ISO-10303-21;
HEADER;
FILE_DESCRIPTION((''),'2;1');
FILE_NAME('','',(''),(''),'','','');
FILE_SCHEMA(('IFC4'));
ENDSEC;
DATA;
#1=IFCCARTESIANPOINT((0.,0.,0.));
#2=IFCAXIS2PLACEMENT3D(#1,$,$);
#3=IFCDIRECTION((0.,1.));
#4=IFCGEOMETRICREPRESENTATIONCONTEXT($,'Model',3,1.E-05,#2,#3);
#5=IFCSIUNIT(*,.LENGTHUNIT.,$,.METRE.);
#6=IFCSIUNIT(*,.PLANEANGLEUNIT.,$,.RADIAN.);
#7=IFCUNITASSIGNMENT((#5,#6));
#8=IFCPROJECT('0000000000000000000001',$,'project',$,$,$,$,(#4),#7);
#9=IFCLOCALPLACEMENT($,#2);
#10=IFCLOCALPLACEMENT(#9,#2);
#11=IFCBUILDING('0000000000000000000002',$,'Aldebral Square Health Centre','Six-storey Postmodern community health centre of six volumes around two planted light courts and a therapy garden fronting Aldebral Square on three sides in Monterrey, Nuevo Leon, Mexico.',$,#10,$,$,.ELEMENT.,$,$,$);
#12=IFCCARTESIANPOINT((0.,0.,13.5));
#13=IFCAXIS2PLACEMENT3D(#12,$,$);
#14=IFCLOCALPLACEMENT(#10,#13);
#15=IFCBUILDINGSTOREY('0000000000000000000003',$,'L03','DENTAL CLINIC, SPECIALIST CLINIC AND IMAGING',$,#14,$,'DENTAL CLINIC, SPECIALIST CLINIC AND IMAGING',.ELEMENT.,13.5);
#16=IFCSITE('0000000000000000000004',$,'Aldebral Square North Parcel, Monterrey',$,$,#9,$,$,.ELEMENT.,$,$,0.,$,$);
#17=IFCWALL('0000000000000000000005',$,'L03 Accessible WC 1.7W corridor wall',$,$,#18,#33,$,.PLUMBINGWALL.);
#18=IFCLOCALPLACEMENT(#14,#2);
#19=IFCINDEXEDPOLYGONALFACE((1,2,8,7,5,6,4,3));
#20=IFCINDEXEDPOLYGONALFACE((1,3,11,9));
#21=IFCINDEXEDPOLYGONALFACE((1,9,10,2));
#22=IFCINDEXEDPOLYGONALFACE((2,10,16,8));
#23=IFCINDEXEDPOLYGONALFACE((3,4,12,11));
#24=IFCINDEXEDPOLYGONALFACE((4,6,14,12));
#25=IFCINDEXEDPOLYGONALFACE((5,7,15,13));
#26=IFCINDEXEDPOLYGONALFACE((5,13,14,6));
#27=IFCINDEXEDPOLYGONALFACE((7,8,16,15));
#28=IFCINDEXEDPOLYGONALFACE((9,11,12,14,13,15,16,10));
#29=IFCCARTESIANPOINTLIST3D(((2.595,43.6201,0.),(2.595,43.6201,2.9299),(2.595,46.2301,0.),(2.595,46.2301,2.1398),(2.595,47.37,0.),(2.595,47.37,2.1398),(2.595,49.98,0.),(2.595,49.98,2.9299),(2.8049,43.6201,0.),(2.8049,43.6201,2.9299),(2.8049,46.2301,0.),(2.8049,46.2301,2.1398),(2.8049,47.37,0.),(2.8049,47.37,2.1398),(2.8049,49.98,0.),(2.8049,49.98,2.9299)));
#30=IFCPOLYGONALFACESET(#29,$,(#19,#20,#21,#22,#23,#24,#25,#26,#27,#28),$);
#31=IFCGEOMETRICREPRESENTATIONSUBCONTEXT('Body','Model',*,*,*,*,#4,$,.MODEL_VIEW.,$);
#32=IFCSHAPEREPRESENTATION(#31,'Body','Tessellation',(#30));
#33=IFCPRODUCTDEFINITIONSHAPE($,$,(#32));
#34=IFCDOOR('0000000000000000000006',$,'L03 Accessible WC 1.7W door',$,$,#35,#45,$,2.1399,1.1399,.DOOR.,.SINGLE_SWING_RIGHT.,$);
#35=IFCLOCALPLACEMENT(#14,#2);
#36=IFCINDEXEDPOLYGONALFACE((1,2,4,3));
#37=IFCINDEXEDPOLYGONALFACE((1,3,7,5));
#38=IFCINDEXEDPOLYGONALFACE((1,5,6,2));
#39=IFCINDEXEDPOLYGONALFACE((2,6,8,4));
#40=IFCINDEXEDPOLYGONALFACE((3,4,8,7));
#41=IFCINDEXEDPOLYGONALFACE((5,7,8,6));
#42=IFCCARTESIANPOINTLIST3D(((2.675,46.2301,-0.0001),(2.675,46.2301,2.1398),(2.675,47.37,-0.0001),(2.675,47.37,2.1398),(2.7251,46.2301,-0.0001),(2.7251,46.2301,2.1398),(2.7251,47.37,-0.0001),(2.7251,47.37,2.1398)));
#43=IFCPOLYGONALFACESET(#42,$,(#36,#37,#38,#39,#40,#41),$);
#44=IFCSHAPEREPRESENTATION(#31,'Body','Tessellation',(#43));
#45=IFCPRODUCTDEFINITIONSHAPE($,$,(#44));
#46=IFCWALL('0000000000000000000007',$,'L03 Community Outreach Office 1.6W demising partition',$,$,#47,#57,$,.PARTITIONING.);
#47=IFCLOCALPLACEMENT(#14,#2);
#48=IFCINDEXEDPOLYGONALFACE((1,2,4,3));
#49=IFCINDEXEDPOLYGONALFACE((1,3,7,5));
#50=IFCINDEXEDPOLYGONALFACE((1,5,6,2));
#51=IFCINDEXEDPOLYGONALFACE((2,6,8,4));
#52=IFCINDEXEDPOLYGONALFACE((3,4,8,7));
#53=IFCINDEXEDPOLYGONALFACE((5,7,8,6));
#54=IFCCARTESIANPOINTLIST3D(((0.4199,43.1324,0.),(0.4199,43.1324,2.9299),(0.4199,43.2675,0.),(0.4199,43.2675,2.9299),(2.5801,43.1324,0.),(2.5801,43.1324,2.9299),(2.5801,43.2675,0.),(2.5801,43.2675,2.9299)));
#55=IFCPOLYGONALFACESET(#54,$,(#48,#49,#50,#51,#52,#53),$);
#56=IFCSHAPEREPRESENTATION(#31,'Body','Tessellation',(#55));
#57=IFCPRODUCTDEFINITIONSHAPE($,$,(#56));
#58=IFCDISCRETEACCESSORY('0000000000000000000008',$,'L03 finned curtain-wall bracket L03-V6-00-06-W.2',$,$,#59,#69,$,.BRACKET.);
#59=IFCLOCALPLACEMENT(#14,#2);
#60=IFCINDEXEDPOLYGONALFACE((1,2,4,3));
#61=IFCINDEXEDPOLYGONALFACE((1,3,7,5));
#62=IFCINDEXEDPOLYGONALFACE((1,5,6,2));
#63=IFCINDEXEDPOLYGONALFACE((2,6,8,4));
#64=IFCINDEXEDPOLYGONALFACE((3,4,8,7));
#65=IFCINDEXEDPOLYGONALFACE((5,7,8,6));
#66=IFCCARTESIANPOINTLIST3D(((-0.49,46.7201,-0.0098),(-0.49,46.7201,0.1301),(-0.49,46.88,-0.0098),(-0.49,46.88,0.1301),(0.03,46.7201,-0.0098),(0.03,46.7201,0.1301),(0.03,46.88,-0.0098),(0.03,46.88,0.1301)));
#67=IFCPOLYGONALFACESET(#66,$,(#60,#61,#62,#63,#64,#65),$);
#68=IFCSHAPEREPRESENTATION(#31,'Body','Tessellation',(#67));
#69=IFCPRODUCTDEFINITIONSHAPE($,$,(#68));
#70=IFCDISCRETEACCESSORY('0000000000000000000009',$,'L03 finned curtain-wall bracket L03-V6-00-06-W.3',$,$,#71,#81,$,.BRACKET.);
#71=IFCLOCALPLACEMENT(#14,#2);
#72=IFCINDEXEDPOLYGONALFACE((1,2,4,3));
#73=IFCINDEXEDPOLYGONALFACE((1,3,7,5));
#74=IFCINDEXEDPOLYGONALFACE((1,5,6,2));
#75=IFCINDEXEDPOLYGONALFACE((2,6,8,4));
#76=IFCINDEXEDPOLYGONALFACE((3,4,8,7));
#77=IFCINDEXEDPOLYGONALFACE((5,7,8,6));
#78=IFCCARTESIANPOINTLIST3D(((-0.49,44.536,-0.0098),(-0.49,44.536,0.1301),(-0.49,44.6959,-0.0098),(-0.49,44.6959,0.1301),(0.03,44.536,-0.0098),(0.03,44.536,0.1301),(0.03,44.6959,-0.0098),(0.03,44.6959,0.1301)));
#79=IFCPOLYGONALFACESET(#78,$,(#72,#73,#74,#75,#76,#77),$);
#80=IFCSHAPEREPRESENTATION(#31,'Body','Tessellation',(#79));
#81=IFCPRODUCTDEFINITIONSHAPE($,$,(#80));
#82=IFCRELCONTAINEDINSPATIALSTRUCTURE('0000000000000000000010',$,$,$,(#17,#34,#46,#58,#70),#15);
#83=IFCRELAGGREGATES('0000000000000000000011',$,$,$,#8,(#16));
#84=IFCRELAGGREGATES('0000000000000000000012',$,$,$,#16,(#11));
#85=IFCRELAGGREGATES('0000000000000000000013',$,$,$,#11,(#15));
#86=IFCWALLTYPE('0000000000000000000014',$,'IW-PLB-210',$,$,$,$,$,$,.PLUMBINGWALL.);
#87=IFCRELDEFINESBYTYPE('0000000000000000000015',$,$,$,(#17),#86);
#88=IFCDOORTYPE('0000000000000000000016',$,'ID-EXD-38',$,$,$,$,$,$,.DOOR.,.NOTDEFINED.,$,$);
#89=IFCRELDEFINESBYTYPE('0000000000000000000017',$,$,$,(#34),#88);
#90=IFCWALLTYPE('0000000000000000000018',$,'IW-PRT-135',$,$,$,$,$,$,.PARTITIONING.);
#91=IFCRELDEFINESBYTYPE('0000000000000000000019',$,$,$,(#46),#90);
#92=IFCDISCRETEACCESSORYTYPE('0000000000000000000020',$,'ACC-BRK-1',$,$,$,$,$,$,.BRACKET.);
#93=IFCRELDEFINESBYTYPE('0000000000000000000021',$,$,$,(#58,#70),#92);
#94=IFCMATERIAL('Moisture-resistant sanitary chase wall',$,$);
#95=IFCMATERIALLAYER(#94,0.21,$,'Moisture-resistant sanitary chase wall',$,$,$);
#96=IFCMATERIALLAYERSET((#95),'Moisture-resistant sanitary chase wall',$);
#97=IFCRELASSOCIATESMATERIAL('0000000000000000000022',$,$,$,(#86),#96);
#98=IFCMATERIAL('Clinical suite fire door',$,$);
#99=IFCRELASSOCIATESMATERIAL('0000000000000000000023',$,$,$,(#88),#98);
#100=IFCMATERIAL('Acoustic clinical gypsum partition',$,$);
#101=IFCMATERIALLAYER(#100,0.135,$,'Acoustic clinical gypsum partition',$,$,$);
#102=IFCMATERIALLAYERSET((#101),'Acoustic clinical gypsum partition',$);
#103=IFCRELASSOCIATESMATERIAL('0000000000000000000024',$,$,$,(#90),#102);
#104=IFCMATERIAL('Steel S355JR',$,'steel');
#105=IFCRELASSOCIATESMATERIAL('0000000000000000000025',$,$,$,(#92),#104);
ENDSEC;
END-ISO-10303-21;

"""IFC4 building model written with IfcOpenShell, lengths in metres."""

from ifc_helpers import new_model, si_unit, direction, frame, frame_2d, origin, origin_2d, place, context, subcontext, project, spatial, rectangle, extrude, material, layer, layer_set, type_object, element, fill, save


model = new_model("IFC4")

# Units and contexts
model_context = context("Model", 3, precision=1e-05, world=origin(), true_north=direction((0.0, 1.0)))
body_context = subcontext(model_context, "Body", "Model", "MODEL_VIEW")
ifc_project = project(units=[si_unit("LENGTHUNIT", "METRE"), si_unit("PLANEANGLEUNIT", "RADIAN")], contexts=[model_context])

# Site, building, storey
site_placement = place(None, origin())
site = spatial("IfcSite", under=ifc_project, at=site_placement, Name="Aldebral Square North Parcel, Monterrey", CompositionType="ELEMENT", RefElevation=0.0)
building_placement = place(site_placement, origin())
building = spatial("IfcBuilding", under=site, at=building_placement, Name="Aldebral Square Health Centre", Description="Six-storey Postmodern community health centre of six volumes around two planted light courts and a therapy garden fronting Aldebral Square on three sides in Monterrey, Nuevo Leon, Mexico.", CompositionType="ELEMENT")
storey_placement = place(building_placement, frame((0.0, 0.0, 13.5)))
storey = spatial("IfcBuildingStorey", under=building, at=storey_placement, Name="L03", Description="DENTAL CLINIC, SPECIALIST CLINIC AND IMAGING", LongName="DENTAL CLINIC, SPECIALIST CLINIC AND IMAGING", CompositionType="ELEMENT", Elevation=13.5)

# Wall, opening, door
ifc_material_1 = material(Name="Clinical suite fire door")
ifc_material_2 = material(Name="Moisture-resistant sanitary chase wall")
ifc_layer_1 = layer(ifc_material_2, 0.21, Name="Moisture-resistant sanitary chase wall")
ifc_layer_set_1 = layer_set([ifc_layer_1], Name="Moisture-resistant sanitary chase wall")
wall_type_1 = type_object("IfcWallType", Name="IW-PLB-210", PredefinedType="PLUMBINGWALL", material=ifc_layer_set_1)
wall_1_placement = place(storey_placement, frame((2.7, 43.6201, 0.0), z_axis=(0.0, 0.0, 1.0), x_axis=(0.0, 1.0, 0.0)))
wall_1 = element("IfcWall", 1, at=wall_1_placement, inside=storey, type_object=wall_type_1, Name="L03 Accessible WC 1.7W corridor wall", PredefinedType="PLUMBINGWALL", context=body_context, shape_type="SweptSolid", body=[
    extrude(rectangle(XDim=6.3599, YDim=0.21, at=frame_2d((3.1799, 0.0))), origin(), (0.0, 0.0, 1.0), 2.9299),
])
opening_1_placement = place(wall_1_placement, frame((2.6101, 0.0, 0.0)))
opening_1 = element("IfcOpeningElement", 2, at=opening_1_placement, cuts=wall_1, PredefinedType="OPENING", context=body_context, shape_type="SweptSolid", body=[
    extrude(rectangle(XDim=1.1399, YDim=2.1399, at=frame_2d((0.5698, 1.0698))), frame((0.0, 0.115, 0.0), z_axis=(0.0, -1.0, 0.0), x_axis=(1.0, 0.0, 0.0)), (0.0, 0.0, 1.0), 0.23),
])
door_type_1 = type_object("IfcDoorType", Name="ID-EXD-38", OperationType="NOTDEFINED", PredefinedType="DOOR", material=ifc_material_1)
door_1_placement = place(opening_1_placement, origin())
door_1 = element("IfcDoor", 3, at=door_1_placement, inside=storey, type_object=door_type_1, Name="L03 Accessible WC 1.7W door", OperationType="SINGLE_SWING_RIGHT", OverallHeight=2.1399, OverallWidth=1.1399, PredefinedType="DOOR", context=body_context, shape_type="SweptSolid", body=[
    extrude(rectangle(XDim=1.1399, YDim=2.1399, at=frame_2d((0.5698, 1.0698))), frame((0.0, 0.0249, 0.0), z_axis=(0.0, -1.0, 0.0), x_axis=(1.0, 0.0, 0.0)), (0.0, 0.0, 1.0), 0.05),
])
fill(opening_1, door_1)

# Wall
ifc_material_3 = material(Name="Acoustic clinical gypsum partition")
ifc_layer_2 = layer(ifc_material_3, 0.135, Name="Acoustic clinical gypsum partition")
ifc_layer_set_2 = layer_set([ifc_layer_2], Name="Acoustic clinical gypsum partition")
wall_type_2 = type_object("IfcWallType", Name="IW-PRT-135", PredefinedType="PARTITIONING", material=ifc_layer_set_2)
wall_2_placement = place(storey_placement, frame((0.4199, 43.2, 0.0), z_axis=(0.0, 0.0, 1.0), x_axis=(1.0, 0.0, 0.0)))
element("IfcWall", 4, at=wall_2_placement, inside=storey, type_object=wall_type_2, Name="L03 Community Outreach Office 1.6W demising partition", PredefinedType="PARTITIONING", context=body_context, shape_type="SweptSolid", body=[
    extrude(rectangle(XDim=2.1602, YDim=0.135, at=frame_2d((1.0801, 0.0))), origin(), (0.0, 0.0, 1.0), 2.9299),
])

# Discrete accessories
ifc_material_4 = material(Name="Steel S355JR", Category="steel")
discrete_accessory_type = type_object("IfcDiscreteAccessoryType", Name="ACC-BRK-1", PredefinedType="BRACKET", material=ifc_material_4)
for number, where, z_axis, x_axis, name in (
    (5, (-0.23, 46.8, -0.0098), (0.0, 0.0, 1.0), (0.0, 1.0, 0.0), "L03 finned curtain-wall bracket L03-V6-00-06-W.2"),
    (6, (-0.23, 44.616, -0.0098), (0.0, 0.0, 1.0), (0.0, 1.0, 0.0), "L03 finned curtain-wall bracket L03-V6-00-06-W.3"),
):
    element("IfcDiscreteAccessory", number, at=place(storey_placement, frame(where, z_axis=z_axis, x_axis=x_axis)), inside=storey, type_object=discrete_accessory_type, Name=name, PredefinedType="BRACKET", context=body_context, shape_type="SweptSolid", body=[
        extrude(rectangle(XDim=0.1599, YDim=0.52, at=origin_2d()), origin(), (0.0, 0.0, 1.0), 0.1399),
    ])

save(model, "model.ifc")
